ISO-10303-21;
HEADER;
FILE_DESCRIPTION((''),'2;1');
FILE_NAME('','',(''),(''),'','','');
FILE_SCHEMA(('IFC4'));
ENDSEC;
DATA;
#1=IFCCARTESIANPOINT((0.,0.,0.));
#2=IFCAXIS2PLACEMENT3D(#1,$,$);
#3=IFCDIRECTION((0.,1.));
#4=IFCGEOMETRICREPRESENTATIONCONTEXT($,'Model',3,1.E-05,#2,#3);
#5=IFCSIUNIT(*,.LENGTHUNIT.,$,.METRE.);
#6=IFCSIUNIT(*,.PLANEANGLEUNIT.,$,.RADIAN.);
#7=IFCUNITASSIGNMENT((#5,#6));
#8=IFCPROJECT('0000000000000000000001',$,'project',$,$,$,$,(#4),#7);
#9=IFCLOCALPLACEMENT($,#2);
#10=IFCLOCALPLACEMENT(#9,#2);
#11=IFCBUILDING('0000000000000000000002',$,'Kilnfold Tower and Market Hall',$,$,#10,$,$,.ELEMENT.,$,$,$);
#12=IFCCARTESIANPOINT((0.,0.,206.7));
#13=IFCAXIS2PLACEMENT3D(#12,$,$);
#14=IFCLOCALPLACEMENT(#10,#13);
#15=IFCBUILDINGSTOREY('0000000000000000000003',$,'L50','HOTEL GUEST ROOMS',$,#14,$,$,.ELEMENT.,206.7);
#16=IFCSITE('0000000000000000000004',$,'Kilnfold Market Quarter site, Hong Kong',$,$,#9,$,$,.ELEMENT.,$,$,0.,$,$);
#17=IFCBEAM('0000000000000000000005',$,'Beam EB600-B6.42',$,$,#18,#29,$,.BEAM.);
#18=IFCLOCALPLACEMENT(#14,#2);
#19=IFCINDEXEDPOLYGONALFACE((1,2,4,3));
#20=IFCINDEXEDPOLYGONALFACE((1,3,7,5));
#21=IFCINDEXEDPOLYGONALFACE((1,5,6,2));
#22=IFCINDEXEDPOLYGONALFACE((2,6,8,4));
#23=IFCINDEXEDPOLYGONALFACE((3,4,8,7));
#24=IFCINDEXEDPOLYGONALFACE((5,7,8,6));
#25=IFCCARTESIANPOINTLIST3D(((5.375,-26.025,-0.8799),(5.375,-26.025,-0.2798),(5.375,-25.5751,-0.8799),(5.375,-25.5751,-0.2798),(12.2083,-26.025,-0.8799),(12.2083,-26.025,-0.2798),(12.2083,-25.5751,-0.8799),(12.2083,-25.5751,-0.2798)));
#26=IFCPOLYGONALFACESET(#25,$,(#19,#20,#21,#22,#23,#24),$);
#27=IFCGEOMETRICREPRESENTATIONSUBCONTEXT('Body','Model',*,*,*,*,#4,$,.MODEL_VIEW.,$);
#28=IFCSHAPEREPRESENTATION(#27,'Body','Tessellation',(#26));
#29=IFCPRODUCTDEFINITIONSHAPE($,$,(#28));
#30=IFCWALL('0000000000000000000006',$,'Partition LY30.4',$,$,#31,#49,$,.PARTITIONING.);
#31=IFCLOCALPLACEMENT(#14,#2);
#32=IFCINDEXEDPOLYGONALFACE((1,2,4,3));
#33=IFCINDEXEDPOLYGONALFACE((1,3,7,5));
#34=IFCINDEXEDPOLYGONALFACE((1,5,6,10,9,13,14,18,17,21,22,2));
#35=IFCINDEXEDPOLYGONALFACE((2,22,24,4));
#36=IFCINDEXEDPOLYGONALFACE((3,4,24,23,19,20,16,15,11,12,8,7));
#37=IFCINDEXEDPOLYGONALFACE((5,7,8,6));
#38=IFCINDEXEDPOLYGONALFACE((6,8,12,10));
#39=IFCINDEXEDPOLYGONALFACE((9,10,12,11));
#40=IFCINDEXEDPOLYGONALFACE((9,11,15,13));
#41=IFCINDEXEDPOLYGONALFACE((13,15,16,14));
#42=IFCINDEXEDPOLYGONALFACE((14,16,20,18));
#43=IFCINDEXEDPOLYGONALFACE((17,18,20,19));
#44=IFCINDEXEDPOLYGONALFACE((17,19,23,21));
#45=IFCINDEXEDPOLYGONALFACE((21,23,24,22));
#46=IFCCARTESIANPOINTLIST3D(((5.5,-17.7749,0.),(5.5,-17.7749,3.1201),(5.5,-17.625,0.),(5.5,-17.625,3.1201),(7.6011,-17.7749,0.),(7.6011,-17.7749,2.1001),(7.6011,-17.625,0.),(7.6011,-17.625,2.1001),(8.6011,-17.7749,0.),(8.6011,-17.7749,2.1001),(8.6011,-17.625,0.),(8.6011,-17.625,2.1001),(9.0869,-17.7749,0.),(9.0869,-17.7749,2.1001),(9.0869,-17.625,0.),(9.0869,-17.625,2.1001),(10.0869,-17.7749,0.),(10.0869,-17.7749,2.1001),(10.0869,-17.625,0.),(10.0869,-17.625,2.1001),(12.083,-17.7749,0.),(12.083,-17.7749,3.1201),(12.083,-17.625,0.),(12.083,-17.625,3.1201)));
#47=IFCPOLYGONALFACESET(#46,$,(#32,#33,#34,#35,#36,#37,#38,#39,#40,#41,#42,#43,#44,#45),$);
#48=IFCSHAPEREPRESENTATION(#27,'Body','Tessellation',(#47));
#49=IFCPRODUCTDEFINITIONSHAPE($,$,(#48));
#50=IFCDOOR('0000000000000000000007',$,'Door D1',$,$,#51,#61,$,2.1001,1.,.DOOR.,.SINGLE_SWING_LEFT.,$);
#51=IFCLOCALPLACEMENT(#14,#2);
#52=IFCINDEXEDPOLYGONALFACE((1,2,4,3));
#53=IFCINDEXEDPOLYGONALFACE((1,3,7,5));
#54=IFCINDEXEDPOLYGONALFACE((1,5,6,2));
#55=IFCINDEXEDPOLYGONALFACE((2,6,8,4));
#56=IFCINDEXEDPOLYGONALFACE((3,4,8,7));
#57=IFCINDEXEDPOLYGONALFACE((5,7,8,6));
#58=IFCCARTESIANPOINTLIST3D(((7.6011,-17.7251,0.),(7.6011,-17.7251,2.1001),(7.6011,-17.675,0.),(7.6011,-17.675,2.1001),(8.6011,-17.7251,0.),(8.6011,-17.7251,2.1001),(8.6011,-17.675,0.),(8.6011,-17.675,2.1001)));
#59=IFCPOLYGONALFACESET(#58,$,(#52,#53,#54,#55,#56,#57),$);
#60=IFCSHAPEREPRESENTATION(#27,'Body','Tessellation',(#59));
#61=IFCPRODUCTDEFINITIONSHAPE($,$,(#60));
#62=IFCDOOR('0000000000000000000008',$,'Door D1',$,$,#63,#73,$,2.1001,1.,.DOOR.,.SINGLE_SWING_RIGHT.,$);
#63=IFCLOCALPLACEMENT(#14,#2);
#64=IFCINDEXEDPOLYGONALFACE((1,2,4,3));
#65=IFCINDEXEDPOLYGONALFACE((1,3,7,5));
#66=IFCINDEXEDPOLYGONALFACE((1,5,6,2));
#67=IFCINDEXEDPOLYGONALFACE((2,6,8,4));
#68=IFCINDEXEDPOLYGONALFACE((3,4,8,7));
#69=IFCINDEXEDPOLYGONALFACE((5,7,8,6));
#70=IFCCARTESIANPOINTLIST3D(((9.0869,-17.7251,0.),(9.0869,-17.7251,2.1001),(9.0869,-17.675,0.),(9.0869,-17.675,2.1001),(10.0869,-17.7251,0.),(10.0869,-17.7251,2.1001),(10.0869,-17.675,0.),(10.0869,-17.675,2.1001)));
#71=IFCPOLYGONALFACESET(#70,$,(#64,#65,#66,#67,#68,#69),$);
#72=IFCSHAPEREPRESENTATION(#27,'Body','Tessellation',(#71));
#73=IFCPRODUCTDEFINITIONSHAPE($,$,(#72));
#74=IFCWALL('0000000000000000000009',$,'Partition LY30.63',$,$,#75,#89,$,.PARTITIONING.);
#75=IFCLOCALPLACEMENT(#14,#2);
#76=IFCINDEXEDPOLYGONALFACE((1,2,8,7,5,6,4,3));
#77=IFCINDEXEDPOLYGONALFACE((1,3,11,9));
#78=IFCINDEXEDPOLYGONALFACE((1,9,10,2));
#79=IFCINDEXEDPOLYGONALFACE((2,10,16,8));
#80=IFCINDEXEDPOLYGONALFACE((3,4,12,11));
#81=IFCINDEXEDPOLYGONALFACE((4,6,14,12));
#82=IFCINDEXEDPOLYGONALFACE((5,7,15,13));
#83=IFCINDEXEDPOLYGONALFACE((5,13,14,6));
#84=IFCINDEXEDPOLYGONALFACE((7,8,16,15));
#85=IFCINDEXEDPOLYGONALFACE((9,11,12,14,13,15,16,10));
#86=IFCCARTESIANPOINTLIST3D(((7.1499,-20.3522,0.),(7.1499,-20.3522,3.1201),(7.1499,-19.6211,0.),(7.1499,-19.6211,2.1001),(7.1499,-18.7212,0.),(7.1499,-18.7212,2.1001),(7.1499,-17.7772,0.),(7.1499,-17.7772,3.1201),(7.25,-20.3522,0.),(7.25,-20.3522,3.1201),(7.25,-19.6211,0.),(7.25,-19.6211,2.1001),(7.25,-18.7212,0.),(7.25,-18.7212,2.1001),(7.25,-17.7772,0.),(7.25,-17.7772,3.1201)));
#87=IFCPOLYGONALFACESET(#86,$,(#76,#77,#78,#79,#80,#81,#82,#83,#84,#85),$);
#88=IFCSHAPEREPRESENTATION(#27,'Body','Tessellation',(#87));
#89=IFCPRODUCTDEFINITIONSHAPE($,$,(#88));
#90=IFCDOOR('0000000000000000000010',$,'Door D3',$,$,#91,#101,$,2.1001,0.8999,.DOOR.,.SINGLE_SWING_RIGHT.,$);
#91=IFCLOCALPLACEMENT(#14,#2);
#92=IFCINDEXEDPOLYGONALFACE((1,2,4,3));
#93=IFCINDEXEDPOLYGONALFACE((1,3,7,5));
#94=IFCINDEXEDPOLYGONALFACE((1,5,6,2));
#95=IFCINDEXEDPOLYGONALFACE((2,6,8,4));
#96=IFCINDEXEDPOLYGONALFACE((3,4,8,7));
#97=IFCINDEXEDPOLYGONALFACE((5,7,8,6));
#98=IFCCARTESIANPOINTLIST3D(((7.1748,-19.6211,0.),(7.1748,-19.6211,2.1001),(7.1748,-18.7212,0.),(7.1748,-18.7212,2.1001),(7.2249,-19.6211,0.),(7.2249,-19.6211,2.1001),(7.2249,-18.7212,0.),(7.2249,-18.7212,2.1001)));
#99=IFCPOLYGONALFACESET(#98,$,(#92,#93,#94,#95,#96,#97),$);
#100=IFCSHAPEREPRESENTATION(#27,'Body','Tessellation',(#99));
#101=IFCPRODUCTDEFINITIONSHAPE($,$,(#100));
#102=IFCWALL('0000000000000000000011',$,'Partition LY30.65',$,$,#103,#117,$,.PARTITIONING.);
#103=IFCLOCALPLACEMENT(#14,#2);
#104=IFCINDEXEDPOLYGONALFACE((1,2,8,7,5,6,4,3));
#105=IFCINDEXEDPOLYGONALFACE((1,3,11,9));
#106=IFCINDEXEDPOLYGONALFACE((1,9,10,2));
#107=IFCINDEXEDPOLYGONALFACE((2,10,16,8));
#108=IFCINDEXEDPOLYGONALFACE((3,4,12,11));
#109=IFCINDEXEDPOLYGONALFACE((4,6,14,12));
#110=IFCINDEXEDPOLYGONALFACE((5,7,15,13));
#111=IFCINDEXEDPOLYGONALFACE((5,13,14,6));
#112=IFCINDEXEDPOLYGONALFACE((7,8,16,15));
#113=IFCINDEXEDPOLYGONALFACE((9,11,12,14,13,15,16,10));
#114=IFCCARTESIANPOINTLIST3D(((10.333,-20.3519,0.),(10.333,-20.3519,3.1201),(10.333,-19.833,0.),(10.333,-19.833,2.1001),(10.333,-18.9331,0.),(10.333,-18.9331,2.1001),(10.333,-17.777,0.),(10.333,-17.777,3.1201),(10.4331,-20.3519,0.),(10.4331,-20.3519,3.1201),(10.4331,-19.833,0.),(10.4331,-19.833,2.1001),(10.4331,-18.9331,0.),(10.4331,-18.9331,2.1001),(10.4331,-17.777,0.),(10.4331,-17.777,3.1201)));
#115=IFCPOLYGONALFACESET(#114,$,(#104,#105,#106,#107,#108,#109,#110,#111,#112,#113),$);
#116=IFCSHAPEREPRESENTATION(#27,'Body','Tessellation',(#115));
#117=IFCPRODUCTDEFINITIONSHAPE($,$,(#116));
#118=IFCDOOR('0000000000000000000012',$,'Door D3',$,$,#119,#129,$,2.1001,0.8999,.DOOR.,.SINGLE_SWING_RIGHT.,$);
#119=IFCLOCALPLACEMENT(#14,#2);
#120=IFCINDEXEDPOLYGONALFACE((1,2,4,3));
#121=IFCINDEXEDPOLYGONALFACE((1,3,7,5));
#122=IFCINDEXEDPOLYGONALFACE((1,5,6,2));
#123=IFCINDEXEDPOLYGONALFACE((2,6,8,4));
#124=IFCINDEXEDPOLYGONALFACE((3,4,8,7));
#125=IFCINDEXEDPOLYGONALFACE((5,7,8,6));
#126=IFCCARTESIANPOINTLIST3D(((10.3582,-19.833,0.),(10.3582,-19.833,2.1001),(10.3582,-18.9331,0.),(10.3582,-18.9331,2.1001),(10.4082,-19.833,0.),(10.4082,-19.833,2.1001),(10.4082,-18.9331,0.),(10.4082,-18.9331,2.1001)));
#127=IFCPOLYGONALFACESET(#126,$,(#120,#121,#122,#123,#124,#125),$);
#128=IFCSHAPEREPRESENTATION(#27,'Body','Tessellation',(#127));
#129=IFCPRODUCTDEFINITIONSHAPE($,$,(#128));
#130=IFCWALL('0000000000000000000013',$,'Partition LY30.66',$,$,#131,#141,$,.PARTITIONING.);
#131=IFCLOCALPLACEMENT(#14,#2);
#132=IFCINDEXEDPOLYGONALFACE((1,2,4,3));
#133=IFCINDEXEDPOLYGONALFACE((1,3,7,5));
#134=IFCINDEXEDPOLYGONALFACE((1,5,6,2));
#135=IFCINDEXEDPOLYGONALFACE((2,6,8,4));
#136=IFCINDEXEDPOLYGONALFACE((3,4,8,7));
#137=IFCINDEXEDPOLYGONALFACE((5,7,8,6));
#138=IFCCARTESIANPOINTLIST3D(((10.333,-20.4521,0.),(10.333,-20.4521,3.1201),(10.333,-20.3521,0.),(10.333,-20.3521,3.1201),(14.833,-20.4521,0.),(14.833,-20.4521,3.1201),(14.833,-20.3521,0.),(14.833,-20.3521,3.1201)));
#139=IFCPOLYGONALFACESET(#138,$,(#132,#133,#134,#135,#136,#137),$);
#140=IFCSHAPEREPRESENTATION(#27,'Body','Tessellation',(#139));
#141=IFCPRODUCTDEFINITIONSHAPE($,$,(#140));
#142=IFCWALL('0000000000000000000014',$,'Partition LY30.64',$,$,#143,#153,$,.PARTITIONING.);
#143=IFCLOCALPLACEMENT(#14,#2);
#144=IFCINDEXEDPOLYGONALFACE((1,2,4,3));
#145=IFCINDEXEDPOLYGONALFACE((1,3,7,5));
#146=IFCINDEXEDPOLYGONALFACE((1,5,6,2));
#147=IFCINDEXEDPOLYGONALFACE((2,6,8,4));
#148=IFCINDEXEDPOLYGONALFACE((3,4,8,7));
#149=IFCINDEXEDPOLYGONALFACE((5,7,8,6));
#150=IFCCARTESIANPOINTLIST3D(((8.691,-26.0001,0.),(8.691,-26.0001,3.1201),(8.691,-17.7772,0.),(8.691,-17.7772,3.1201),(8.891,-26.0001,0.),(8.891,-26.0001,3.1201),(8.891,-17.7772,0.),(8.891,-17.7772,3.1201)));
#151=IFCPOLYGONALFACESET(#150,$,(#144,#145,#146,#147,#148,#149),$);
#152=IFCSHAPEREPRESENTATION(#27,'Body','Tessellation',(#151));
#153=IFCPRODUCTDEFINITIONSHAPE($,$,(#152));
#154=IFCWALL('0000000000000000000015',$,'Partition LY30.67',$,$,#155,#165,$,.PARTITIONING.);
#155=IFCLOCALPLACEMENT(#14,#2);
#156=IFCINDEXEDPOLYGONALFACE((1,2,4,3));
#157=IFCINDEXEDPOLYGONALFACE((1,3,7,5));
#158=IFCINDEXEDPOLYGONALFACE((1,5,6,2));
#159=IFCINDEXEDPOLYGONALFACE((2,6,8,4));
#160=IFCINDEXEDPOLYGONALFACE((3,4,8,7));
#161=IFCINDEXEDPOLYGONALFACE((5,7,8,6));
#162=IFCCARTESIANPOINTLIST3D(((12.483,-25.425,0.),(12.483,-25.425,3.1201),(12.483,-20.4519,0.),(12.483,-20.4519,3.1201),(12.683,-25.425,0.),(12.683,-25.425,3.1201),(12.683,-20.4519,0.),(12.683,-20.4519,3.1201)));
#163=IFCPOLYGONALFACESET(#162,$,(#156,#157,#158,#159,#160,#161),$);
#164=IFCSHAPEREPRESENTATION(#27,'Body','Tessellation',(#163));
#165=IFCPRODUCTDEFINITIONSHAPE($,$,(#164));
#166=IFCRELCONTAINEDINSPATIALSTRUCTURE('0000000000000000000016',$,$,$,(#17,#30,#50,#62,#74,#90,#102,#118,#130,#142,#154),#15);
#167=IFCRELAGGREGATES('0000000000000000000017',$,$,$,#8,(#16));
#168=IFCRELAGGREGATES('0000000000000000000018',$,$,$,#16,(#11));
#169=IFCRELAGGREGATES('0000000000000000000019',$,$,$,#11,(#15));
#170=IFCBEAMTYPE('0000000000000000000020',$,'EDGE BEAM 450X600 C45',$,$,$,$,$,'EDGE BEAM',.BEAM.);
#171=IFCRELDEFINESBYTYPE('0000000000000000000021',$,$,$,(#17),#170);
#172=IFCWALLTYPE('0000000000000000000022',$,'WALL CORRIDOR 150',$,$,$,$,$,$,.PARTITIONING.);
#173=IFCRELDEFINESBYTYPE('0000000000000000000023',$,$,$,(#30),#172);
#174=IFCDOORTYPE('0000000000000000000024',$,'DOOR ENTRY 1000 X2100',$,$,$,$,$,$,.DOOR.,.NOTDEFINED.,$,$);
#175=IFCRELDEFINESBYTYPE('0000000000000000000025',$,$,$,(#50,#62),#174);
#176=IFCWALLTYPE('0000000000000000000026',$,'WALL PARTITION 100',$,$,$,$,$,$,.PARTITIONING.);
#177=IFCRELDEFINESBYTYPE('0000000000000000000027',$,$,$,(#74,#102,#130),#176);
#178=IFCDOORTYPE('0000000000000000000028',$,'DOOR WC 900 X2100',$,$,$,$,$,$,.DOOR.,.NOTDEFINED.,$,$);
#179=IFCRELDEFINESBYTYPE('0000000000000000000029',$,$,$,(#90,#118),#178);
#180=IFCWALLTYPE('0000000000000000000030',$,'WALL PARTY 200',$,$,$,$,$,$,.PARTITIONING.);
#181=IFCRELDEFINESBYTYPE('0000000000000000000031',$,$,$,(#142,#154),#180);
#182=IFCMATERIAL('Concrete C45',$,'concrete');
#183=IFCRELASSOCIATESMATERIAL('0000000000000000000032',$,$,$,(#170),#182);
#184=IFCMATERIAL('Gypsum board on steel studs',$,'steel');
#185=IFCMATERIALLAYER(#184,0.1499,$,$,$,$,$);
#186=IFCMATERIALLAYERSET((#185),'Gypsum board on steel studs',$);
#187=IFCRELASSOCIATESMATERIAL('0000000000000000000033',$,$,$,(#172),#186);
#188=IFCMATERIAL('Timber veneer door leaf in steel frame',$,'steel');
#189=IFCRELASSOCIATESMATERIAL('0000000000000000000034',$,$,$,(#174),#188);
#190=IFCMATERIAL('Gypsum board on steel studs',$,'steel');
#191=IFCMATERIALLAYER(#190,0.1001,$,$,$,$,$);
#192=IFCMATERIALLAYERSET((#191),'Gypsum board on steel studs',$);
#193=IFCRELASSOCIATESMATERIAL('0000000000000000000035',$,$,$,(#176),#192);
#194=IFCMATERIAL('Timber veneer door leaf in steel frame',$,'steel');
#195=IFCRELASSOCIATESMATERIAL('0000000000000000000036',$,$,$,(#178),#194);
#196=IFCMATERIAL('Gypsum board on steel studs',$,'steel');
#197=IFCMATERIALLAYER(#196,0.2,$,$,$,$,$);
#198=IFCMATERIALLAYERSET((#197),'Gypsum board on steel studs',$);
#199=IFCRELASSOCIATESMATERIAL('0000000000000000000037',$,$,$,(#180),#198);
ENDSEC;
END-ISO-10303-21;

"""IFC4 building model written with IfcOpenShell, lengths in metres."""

from ifc_helpers import new_model, si_unit, direction, frame, frame_2d, origin, origin_2d, place, context, subcontext, project, spatial, rectangle, extrude, source, transform, mapped, material, layer, layer_set, material_profile, profile_set, type_object, element, fill, save


model = new_model("IFC4")

# Units and contexts
model_context = context("Model", 3, precision=1e-05, world=origin(), true_north=direction((0.0, 1.0)))
body_context = subcontext(model_context, "Body", "Model", "MODEL_VIEW")
ifc_project = project(units=[si_unit("LENGTHUNIT", "METRE"), si_unit("PLANEANGLEUNIT", "RADIAN")], contexts=[model_context])

# Site, building, storey
site_placement = place(None, origin())
site = spatial("IfcSite", under=ifc_project, at=site_placement, Name="Kilnfold Market Quarter site, Hong Kong", CompositionType="ELEMENT", RefElevation=0.0)
building_placement = place(site_placement, origin())
building = spatial("IfcBuilding", under=site, at=building_placement, Name="Kilnfold Tower and Market Hall", CompositionType="ELEMENT")
storey_placement = place(building_placement, frame((0.0, 0.0, 206.7)))
storey = spatial("IfcBuildingStorey", under=building, at=storey_placement, Name="L50", Description="HOTEL GUEST ROOMS", CompositionType="ELEMENT", Elevation=206.7)

# Beam
ifc_material_1 = material(Name="Concrete C45", Category="concrete")
ifc_material_profile_1 = material_profile(ifc_material_1, rectangle(XDim=0.45, YDim=0.6001, at=origin_2d()), Name="RC 450x600")
ifc_profile_set_1 = profile_set([ifc_material_profile_1], Name="Concrete C45")
beam_type = type_object("IfcBeamType", Name="EDGE BEAM 450X600 C45", ElementType="EDGE BEAM", PredefinedType="BEAM", material=ifc_profile_set_1)
shared_shape_1 = source(origin(), body_context, "Body", "SweptSolid", [
    extrude(rectangle(XDim=0.45, YDim=0.6001, at=origin_2d()), origin(), (0.0, 0.0, 1.0), 6.8333),
])
beam_placement = place(storey_placement, frame((5.375, -25.8, -0.5798), z_axis=(1.0, 0.0, 0.0), x_axis=(0.0, 1.0, 0.0)))
element("IfcBeam", 1, at=beam_placement, inside=storey, type_object=beam_type, Name="Beam EB600-B6.42", PredefinedType="BEAM", context=body_context, shape_type="MappedRepresentation", body=[
    mapped(shared_shape_1, transform((0.0, 0.0, 0.0))),
])

# Wall, openings, doors
ifc_material_2 = material(Name="Gypsum board on steel studs", Category="steel")
ifc_layer_1 = layer(ifc_material_2, 0.1499)
ifc_layer_set_1 = layer_set([ifc_layer_1], Name="Gypsum board on steel studs")
wall_type_1 = type_object("IfcWallType", Name="WALL CORRIDOR 150", PredefinedType="PARTITIONING", material=ifc_layer_set_1)
wall_1_placement = place(storey_placement, frame((5.5, -17.7, 0.0), z_axis=(0.0, 0.0, 1.0), x_axis=(1.0, 0.0, 0.0)))
wall_1 = element("IfcWall", 2, at=wall_1_placement, inside=storey, type_object=wall_type_1, Name="Partition LY30.4", PredefinedType="PARTITIONING", context=body_context, shape_type="SweptSolid", body=[
    extrude(rectangle(XDim=6.583, YDim=0.1499, at=frame_2d((3.2915, 0.0))), origin(), (0.0, 0.0, 1.0), 3.1201),
])
opening_1_placement = place(wall_1_placement, frame((2.1011, 0.0, 0.0)))
opening_1 = element("IfcOpeningElement", 3, at=opening_1_placement, cuts=wall_1, PredefinedType="OPENING", context=body_context, shape_type="SweptSolid", body=[
    extrude(rectangle(XDim=1.0, YDim=2.1001, at=frame_2d((0.5, 1.05))), frame((0.0, 0.085, 0.0), z_axis=(0.0, -1.0, 0.0), x_axis=(1.0, 0.0, 0.0)), (0.0, 0.0, 1.0), 0.1699),
])
opening_2_placement = place(wall_1_placement, frame((3.5869, 0.0, 0.0)))
opening_2 = element("IfcOpeningElement", 4, at=opening_2_placement, cuts=wall_1, PredefinedType="OPENING", context=body_context, shape_type="SweptSolid", body=[
    extrude(rectangle(XDim=1.0, YDim=2.1001, at=frame_2d((0.5, 1.05))), frame((0.0, 0.085, 0.0), z_axis=(0.0, -1.0, 0.0), x_axis=(1.0, 0.0, 0.0)), (0.0, 0.0, 1.0), 0.1699),
])
ifc_material_3 = material(Name="Timber veneer door leaf in steel frame", Category="steel")
door_type_1 = type_object("IfcDoorType", Name="DOOR ENTRY 1000 X2100", OperationType="NOTDEFINED", PredefinedType="DOOR", material=ifc_material_3)
door_1_placement = place(opening_1_placement, origin())
door_1 = element("IfcDoor", 5, at=door_1_placement, inside=storey, type_object=door_type_1, Name="Door D1", OperationType="SINGLE_SWING_LEFT", OverallHeight=2.1001, OverallWidth=1.0, PredefinedType="DOOR", context=body_context, shape_type="SweptSolid", body=[
    extrude(rectangle(XDim=1.0, YDim=2.1001, at=frame_2d((0.5, 1.05))), frame((0.0, 0.0249, 0.0), z_axis=(0.0, -1.0, 0.0), x_axis=(1.0, 0.0, 0.0)), (0.0, 0.0, 1.0), 0.05),
])
fill(opening_1, door_1)
door_2_placement = place(opening_2_placement, origin())
door_2 = element("IfcDoor", 6, at=door_2_placement, inside=storey, type_object=door_type_1, Name="Door D1", OperationType="SINGLE_SWING_RIGHT", OverallHeight=2.1001, OverallWidth=1.0, PredefinedType="DOOR", context=body_context, shape_type="SweptSolid", body=[
    extrude(rectangle(XDim=1.0, YDim=2.1001, at=frame_2d((0.5, 1.05))), frame((0.0, 0.0249, 0.0), z_axis=(0.0, -1.0, 0.0), x_axis=(1.0, 0.0, 0.0)), (0.0, 0.0, 1.0), 0.05),
])
fill(opening_2, door_2)

# Walls, openings, doors
ifc_material_4 = material(Name="Gypsum board on steel studs", Category="steel")
ifc_layer_2 = layer(ifc_material_4, 0.1001)
ifc_layer_set_2 = layer_set([ifc_layer_2], Name="Gypsum board on steel studs")
wall_type_2 = type_object("IfcWallType", Name="WALL PARTITION 100", PredefinedType="PARTITIONING", material=ifc_layer_set_2)
wall_2_placement = place(storey_placement, frame((7.2, -17.7771, 0.0), z_axis=(0.0, 0.0, 1.0), x_axis=(0.0, -1.0, 0.0)))
wall_2 = element("IfcWall", 7, at=wall_2_placement, inside=storey, type_object=wall_type_2, Name="Partition LY30.63", PredefinedType="PARTITIONING", context=body_context, shape_type="SweptSolid", body=[
    extrude(rectangle(XDim=2.575, YDim=0.1001, at=frame_2d((1.2876, 0.0))), origin(), (0.0, 0.0, 1.0), 3.1201),
])
opening_3_placement = place(wall_2_placement, frame((0.9441, 0.0, 0.0)))
opening_3 = element("IfcOpeningElement", 8, at=opening_3_placement, cuts=wall_2, PredefinedType="OPENING", context=body_context, shape_type="SweptSolid", body=[
    extrude(rectangle(XDim=0.8999, YDim=2.1001, at=frame_2d((0.45, 1.05))), frame((0.0, 0.0601, 0.0), z_axis=(0.0, -1.0, 0.0), x_axis=(1.0, 0.0, 0.0)), (0.0, 0.0, 1.0), 0.1201),
])
ifc_material_5 = material(Name="Timber veneer door leaf in steel frame", Category="steel")
door_type_2 = type_object("IfcDoorType", Name="DOOR WC 900 X2100", OperationType="NOTDEFINED", PredefinedType="DOOR", material=ifc_material_5)
door_3_placement = place(opening_3_placement, origin())
door_3 = element("IfcDoor", 9, at=door_3_placement, inside=storey, type_object=door_type_2, Name="Door D3", OperationType="SINGLE_SWING_RIGHT", OverallHeight=2.1001, OverallWidth=0.8999, PredefinedType="DOOR", context=body_context, shape_type="SweptSolid", body=[
    extrude(rectangle(XDim=0.8999, YDim=2.1001, at=frame_2d((0.45, 1.05))), frame((0.0, 0.0249, 0.0), z_axis=(0.0, -1.0, 0.0), x_axis=(1.0, 0.0, 0.0)), (0.0, 0.0, 1.0), 0.05),
])
fill(opening_3, door_3)
wall_3_placement = place(storey_placement, frame((10.3831, -20.3521, 0.0), z_axis=(0.0, 0.0, 1.0), x_axis=(0.0, 1.0, 0.0)))
wall_3 = element("IfcWall", 10, at=wall_3_placement, inside=storey, type_object=wall_type_2, Name="Partition LY30.65", PredefinedType="PARTITIONING", context=body_context, shape_type="SweptSolid", body=[
    extrude(rectangle(XDim=2.575, YDim=0.1001, at=frame_2d((1.2876, 0.0))), origin(), (0.0, 0.0, 1.0), 3.1201),
])
opening_4_placement = place(wall_3_placement, frame((0.519, 0.0, 0.0)))
opening_4 = element("IfcOpeningElement", 11, at=opening_4_placement, cuts=wall_3, PredefinedType="OPENING", context=body_context, shape_type="SweptSolid", body=[
    extrude(rectangle(XDim=0.8999, YDim=2.1001, at=frame_2d((0.45, 1.05))), frame((0.0, 0.0601, 0.0), z_axis=(0.0, -1.0, 0.0), x_axis=(1.0, 0.0, 0.0)), (0.0, 0.0, 1.0), 0.1201),
])
door_4_placement = place(opening_4_placement, origin())
door_4 = element("IfcDoor", 12, at=door_4_placement, inside=storey, type_object=door_type_2, Name="Door D3", OperationType="SINGLE_SWING_RIGHT", OverallHeight=2.1001, OverallWidth=0.8999, PredefinedType="DOOR", context=body_context, shape_type="SweptSolid", body=[
    extrude(rectangle(XDim=0.8999, YDim=2.1001, at=frame_2d((0.45, 1.05))), frame((0.0, 0.0249, 0.0), z_axis=(0.0, -1.0, 0.0), x_axis=(1.0, 0.0, 0.0)), (0.0, 0.0, 1.0), 0.05),
])
fill(opening_4, door_4)

# Walls
wall_4_placement = place(storey_placement, frame((10.333, -20.4021, 0.0), z_axis=(0.0, 0.0, 1.0), x_axis=(1.0, 0.0, 0.0)))
element("IfcWall", 13, at=wall_4_placement, inside=storey, type_object=wall_type_2, Name="Partition LY30.66", PredefinedType="PARTITIONING", context=body_context, shape_type="SweptSolid", body=[
    extrude(rectangle(XDim=4.5, YDim=0.1001, at=frame_2d((2.25, 0.0))), origin(), (0.0, 0.0, 1.0), 3.1201),
])
ifc_material_6 = material(Name="Gypsum board on steel studs", Category="steel")
ifc_layer_3 = layer(ifc_material_6, 0.2)
ifc_layer_set_3 = layer_set([ifc_layer_3], Name="Gypsum board on steel studs")
wall_type_3 = type_object("IfcWallType", Name="WALL PARTY 200", PredefinedType="PARTITIONING", material=ifc_layer_set_3)
wall_5_placement = place(storey_placement, frame((8.791, -26.0, 0.0), z_axis=(0.0, 0.0, 1.0), x_axis=(0.0, 1.0, 0.0)))
element("IfcWall", 14, at=wall_5_placement, inside=storey, type_object=wall_type_3, Name="Partition LY30.64", PredefinedType="PARTITIONING", context=body_context, shape_type="SweptSolid", body=[
    extrude(rectangle(XDim=8.2229, YDim=0.2, at=frame_2d((4.1113, 0.0))), origin(), (0.0, 0.0, 1.0), 3.1201),
])
wall_6_placement = place(storey_placement, frame((12.583, -25.425, 0.0), z_axis=(0.0, 0.0, 1.0), x_axis=(0.0, 1.0, 0.0)))
element("IfcWall", 15, at=wall_6_placement, inside=storey, type_object=wall_type_3, Name="Partition LY30.67", PredefinedType="PARTITIONING", context=body_context, shape_type="SweptSolid", body=[
    extrude(rectangle(XDim=4.9731, YDim=0.2, at=frame_2d((2.4866, 0.0))), origin(), (0.0, 0.0, 1.0), 3.1201),
])

save(model, "model.ifc")
